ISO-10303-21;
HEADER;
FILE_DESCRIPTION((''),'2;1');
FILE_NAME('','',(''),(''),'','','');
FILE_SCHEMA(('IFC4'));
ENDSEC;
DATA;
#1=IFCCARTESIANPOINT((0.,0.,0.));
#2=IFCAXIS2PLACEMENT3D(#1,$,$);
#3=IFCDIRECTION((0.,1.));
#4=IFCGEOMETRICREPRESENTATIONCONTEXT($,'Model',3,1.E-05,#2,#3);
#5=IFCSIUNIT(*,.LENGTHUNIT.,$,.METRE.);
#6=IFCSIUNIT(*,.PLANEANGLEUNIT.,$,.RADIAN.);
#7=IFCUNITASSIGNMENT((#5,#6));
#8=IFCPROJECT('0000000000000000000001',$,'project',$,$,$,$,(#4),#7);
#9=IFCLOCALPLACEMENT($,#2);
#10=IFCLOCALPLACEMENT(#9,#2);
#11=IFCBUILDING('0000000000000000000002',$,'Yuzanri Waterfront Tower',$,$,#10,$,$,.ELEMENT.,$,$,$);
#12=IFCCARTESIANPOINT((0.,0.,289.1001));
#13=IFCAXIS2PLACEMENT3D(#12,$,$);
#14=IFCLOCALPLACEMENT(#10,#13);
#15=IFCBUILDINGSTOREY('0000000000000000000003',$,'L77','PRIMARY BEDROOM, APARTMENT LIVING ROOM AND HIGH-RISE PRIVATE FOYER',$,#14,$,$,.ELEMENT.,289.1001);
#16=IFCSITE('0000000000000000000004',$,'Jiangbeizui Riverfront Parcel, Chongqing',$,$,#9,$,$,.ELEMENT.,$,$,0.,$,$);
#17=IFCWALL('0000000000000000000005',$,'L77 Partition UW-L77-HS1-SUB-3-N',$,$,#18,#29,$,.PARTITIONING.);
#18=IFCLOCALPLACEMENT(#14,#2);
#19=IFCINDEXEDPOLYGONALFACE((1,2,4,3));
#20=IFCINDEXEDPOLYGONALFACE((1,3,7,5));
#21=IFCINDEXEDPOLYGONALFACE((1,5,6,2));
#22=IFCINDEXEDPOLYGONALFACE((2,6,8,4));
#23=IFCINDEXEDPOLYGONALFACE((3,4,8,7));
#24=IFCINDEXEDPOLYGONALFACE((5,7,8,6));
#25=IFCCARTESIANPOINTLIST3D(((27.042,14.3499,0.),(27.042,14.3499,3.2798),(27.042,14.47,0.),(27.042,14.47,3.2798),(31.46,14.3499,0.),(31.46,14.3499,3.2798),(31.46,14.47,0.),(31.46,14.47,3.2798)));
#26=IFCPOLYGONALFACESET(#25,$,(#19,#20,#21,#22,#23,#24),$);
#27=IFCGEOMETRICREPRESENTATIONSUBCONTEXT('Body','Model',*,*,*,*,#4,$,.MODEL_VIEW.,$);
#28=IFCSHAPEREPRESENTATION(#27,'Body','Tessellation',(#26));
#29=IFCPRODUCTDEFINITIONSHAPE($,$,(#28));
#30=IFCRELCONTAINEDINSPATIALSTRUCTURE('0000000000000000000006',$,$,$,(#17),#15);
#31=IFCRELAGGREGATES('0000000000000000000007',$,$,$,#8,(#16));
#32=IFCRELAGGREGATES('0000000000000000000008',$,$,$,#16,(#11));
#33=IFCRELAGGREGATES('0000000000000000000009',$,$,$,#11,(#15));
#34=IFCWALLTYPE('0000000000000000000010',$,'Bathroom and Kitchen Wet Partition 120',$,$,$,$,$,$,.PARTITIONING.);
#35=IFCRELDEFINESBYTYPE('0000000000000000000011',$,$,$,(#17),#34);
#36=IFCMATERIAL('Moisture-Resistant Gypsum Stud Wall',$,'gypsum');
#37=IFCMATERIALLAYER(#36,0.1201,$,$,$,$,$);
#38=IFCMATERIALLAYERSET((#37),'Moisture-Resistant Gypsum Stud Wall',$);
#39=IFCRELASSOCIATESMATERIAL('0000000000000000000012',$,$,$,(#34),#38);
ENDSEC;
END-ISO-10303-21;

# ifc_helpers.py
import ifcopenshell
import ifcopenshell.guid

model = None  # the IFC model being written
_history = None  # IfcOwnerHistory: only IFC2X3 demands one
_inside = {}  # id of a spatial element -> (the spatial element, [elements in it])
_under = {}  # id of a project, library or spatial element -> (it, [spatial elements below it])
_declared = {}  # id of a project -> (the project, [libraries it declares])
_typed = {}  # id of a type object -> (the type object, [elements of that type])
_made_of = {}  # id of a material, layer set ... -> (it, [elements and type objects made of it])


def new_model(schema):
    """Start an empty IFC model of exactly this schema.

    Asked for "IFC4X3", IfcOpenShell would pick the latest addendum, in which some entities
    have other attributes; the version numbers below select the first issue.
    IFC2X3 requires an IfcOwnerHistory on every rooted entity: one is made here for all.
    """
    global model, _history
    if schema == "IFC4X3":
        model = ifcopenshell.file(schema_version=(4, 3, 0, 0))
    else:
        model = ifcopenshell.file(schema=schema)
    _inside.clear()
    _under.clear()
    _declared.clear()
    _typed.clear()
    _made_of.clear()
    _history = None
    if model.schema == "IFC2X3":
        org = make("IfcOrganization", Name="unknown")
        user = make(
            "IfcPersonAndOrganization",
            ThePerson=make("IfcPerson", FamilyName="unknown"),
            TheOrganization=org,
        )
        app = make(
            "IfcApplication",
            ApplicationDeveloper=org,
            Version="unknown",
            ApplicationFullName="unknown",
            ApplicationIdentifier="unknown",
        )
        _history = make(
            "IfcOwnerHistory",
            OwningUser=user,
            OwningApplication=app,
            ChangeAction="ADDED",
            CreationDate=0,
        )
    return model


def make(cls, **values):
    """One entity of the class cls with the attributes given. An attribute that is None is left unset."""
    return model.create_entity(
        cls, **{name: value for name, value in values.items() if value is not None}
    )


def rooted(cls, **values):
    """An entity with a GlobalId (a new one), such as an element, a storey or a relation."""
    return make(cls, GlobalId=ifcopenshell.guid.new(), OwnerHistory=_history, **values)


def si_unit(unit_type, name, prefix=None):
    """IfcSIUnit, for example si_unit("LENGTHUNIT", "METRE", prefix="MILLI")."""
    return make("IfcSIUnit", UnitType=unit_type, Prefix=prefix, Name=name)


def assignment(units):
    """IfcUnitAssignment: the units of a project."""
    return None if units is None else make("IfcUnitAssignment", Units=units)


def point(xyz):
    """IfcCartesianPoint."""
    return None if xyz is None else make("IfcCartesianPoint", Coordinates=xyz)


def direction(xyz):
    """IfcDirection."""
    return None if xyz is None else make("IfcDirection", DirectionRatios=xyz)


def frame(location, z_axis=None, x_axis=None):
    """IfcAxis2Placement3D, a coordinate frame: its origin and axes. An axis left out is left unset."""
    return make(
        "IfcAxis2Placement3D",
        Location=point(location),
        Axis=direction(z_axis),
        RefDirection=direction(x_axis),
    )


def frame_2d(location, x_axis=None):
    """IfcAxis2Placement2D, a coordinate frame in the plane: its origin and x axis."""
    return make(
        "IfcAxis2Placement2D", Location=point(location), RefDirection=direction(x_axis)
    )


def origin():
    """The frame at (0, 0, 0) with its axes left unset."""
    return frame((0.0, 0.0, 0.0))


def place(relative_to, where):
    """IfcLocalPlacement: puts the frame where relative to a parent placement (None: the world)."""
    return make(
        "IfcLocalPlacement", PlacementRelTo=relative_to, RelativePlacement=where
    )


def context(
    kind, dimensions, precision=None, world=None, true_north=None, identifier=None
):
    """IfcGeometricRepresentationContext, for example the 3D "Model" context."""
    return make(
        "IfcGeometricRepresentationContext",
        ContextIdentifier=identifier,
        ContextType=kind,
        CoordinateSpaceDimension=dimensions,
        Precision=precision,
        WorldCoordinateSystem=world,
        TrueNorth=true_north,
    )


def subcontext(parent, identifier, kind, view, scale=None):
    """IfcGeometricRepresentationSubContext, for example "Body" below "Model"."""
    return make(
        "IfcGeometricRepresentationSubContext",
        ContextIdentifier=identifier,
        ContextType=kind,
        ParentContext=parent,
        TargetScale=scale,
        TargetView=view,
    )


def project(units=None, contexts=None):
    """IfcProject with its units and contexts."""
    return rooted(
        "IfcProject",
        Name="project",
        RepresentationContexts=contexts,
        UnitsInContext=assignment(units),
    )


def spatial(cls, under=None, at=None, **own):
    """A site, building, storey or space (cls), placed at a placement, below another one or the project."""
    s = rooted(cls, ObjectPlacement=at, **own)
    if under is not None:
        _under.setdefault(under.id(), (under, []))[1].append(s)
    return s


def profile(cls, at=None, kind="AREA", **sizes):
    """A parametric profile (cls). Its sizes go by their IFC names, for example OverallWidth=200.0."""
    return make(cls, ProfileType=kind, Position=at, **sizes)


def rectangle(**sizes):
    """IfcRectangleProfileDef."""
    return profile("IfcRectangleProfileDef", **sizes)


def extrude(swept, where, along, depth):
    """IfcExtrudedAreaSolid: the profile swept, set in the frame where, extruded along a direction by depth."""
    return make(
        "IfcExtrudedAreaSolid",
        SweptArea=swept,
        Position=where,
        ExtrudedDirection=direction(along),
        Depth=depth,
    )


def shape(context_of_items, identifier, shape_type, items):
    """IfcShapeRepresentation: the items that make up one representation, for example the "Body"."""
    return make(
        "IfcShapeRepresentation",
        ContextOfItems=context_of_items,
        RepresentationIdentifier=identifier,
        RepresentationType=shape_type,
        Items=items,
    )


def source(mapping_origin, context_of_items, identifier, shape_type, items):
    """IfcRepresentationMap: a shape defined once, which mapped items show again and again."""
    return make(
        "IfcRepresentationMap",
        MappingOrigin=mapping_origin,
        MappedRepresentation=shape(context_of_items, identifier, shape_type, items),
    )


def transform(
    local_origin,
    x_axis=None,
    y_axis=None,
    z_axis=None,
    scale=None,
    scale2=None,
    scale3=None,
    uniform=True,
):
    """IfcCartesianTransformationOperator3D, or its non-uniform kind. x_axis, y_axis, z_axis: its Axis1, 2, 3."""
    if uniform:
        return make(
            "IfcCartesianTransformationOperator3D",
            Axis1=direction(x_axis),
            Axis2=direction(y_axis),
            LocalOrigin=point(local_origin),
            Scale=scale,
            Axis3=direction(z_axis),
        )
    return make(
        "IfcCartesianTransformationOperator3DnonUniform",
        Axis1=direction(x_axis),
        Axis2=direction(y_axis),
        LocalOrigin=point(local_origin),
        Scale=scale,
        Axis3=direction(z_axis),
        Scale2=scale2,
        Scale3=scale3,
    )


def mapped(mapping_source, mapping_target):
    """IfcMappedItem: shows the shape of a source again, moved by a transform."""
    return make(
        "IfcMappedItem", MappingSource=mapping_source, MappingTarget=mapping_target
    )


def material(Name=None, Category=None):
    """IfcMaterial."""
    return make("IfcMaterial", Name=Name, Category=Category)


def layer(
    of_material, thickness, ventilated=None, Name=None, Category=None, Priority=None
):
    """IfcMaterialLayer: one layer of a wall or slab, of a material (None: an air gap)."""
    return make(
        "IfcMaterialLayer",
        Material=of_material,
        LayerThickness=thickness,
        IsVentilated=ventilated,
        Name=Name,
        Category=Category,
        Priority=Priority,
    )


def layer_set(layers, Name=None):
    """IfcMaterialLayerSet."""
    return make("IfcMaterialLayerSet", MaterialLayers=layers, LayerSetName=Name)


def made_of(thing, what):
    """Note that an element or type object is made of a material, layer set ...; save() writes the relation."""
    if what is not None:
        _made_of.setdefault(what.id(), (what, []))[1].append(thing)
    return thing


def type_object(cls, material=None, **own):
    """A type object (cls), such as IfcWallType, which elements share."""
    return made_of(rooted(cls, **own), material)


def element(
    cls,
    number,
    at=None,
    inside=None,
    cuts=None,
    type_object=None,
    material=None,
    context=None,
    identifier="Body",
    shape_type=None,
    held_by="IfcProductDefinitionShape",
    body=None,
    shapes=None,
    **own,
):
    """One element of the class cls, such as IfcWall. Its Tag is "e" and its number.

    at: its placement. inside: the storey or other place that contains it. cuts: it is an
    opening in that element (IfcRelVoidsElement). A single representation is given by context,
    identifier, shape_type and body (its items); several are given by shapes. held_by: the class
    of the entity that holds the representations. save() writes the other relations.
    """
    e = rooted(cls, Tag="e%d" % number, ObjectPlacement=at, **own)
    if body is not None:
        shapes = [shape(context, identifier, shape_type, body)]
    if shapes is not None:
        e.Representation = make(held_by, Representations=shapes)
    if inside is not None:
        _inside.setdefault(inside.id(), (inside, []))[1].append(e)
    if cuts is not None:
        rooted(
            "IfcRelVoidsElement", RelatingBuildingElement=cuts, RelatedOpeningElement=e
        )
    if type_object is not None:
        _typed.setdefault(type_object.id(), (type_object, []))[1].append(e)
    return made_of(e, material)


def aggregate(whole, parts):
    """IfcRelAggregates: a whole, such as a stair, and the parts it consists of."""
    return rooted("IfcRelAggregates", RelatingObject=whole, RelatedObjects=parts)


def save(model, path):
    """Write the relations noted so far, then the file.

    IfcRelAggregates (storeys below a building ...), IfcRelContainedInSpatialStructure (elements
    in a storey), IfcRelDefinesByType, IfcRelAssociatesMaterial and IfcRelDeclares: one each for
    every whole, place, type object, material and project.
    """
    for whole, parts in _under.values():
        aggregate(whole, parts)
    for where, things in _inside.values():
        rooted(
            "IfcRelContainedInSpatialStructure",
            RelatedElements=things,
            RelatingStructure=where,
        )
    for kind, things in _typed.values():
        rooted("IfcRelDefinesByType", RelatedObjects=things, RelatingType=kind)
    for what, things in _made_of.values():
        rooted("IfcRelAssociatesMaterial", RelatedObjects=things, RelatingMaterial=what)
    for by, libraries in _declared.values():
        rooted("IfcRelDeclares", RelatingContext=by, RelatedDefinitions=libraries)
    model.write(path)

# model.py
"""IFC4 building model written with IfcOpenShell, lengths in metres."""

from ifc_helpers import new_model, si_unit, direction, frame, frame_2d, origin, place, context, subcontext, project, spatial, rectangle, extrude, source, transform, mapped, material, layer, layer_set, type_object, element, save


model = new_model("IFC4")

# Units and contexts
model_context = context("Model", 3, precision=1e-05, world=origin(), true_north=direction((0.0, 1.0)))
body_context = subcontext(model_context, "Body", "Model", "MODEL_VIEW")
ifc_project = project(units=[si_unit("LENGTHUNIT", "METRE"), si_unit("PLANEANGLEUNIT", "RADIAN")], contexts=[model_context])

# Site, building, storey
site_placement = place(None, origin())
site = spatial("IfcSite", under=ifc_project, at=site_placement, Name="Jiangbeizui Riverfront Parcel, Chongqing", CompositionType="ELEMENT", RefElevation=0.0)
building_placement = place(site_placement, origin())
building = spatial("IfcBuilding", under=site, at=building_placement, Name="Yuzanri Waterfront Tower", CompositionType="ELEMENT")
storey_placement = place(building_placement, frame((0.0, 0.0, 289.1001)))
storey = spatial("IfcBuildingStorey", under=building, at=storey_placement, Name="L77", Description="PRIMARY BEDROOM, APARTMENT LIVING ROOM AND HIGH-RISE PRIVATE FOYER", CompositionType="ELEMENT", Elevation=289.1001)

# Shared definitions
ifc_material_1 = material(Name="Moisture-Resistant Gypsum Stud Wall", Category="gypsum")
ifc_layer_1 = layer(ifc_material_1, 0.1201)
ifc_layer_set_1 = layer_set([ifc_layer_1], Name="Moisture-Resistant Gypsum Stud Wall")
wall_type_1 = type_object("IfcWallType", Name="Bathroom and Kitchen Wet Partition 120", PredefinedType="PARTITIONING", material=ifc_layer_set_1)

# Wall
shared_shape_1 = source(origin(), body_context, "Body", "SweptSolid", [
    extrude(rectangle(XDim=4.418, YDim=0.1201, at=frame_2d((2.209, 0.0))), origin(), (0.0, 0.0, 1.0), 3.2798),
])
wall_1_placement = place(storey_placement, frame((27.042, 14.4099, 0.0), z_axis=(0.0, 0.0, 1.0), x_axis=(1.0, 0.0, 0.0)))
element("IfcWall", 1, at=wall_1_placement, inside=storey, type_object=wall_type_1, Name="L77 Partition UW-L77-HS1-SUB-3-N", PredefinedType="PARTITIONING", context=body_context, shape_type="MappedRepresentation", body=[
    mapped(shared_shape_1, transform((0.0, 0.0, 0.0), scale=1.0)),
])

save(model, "model.ifc")
